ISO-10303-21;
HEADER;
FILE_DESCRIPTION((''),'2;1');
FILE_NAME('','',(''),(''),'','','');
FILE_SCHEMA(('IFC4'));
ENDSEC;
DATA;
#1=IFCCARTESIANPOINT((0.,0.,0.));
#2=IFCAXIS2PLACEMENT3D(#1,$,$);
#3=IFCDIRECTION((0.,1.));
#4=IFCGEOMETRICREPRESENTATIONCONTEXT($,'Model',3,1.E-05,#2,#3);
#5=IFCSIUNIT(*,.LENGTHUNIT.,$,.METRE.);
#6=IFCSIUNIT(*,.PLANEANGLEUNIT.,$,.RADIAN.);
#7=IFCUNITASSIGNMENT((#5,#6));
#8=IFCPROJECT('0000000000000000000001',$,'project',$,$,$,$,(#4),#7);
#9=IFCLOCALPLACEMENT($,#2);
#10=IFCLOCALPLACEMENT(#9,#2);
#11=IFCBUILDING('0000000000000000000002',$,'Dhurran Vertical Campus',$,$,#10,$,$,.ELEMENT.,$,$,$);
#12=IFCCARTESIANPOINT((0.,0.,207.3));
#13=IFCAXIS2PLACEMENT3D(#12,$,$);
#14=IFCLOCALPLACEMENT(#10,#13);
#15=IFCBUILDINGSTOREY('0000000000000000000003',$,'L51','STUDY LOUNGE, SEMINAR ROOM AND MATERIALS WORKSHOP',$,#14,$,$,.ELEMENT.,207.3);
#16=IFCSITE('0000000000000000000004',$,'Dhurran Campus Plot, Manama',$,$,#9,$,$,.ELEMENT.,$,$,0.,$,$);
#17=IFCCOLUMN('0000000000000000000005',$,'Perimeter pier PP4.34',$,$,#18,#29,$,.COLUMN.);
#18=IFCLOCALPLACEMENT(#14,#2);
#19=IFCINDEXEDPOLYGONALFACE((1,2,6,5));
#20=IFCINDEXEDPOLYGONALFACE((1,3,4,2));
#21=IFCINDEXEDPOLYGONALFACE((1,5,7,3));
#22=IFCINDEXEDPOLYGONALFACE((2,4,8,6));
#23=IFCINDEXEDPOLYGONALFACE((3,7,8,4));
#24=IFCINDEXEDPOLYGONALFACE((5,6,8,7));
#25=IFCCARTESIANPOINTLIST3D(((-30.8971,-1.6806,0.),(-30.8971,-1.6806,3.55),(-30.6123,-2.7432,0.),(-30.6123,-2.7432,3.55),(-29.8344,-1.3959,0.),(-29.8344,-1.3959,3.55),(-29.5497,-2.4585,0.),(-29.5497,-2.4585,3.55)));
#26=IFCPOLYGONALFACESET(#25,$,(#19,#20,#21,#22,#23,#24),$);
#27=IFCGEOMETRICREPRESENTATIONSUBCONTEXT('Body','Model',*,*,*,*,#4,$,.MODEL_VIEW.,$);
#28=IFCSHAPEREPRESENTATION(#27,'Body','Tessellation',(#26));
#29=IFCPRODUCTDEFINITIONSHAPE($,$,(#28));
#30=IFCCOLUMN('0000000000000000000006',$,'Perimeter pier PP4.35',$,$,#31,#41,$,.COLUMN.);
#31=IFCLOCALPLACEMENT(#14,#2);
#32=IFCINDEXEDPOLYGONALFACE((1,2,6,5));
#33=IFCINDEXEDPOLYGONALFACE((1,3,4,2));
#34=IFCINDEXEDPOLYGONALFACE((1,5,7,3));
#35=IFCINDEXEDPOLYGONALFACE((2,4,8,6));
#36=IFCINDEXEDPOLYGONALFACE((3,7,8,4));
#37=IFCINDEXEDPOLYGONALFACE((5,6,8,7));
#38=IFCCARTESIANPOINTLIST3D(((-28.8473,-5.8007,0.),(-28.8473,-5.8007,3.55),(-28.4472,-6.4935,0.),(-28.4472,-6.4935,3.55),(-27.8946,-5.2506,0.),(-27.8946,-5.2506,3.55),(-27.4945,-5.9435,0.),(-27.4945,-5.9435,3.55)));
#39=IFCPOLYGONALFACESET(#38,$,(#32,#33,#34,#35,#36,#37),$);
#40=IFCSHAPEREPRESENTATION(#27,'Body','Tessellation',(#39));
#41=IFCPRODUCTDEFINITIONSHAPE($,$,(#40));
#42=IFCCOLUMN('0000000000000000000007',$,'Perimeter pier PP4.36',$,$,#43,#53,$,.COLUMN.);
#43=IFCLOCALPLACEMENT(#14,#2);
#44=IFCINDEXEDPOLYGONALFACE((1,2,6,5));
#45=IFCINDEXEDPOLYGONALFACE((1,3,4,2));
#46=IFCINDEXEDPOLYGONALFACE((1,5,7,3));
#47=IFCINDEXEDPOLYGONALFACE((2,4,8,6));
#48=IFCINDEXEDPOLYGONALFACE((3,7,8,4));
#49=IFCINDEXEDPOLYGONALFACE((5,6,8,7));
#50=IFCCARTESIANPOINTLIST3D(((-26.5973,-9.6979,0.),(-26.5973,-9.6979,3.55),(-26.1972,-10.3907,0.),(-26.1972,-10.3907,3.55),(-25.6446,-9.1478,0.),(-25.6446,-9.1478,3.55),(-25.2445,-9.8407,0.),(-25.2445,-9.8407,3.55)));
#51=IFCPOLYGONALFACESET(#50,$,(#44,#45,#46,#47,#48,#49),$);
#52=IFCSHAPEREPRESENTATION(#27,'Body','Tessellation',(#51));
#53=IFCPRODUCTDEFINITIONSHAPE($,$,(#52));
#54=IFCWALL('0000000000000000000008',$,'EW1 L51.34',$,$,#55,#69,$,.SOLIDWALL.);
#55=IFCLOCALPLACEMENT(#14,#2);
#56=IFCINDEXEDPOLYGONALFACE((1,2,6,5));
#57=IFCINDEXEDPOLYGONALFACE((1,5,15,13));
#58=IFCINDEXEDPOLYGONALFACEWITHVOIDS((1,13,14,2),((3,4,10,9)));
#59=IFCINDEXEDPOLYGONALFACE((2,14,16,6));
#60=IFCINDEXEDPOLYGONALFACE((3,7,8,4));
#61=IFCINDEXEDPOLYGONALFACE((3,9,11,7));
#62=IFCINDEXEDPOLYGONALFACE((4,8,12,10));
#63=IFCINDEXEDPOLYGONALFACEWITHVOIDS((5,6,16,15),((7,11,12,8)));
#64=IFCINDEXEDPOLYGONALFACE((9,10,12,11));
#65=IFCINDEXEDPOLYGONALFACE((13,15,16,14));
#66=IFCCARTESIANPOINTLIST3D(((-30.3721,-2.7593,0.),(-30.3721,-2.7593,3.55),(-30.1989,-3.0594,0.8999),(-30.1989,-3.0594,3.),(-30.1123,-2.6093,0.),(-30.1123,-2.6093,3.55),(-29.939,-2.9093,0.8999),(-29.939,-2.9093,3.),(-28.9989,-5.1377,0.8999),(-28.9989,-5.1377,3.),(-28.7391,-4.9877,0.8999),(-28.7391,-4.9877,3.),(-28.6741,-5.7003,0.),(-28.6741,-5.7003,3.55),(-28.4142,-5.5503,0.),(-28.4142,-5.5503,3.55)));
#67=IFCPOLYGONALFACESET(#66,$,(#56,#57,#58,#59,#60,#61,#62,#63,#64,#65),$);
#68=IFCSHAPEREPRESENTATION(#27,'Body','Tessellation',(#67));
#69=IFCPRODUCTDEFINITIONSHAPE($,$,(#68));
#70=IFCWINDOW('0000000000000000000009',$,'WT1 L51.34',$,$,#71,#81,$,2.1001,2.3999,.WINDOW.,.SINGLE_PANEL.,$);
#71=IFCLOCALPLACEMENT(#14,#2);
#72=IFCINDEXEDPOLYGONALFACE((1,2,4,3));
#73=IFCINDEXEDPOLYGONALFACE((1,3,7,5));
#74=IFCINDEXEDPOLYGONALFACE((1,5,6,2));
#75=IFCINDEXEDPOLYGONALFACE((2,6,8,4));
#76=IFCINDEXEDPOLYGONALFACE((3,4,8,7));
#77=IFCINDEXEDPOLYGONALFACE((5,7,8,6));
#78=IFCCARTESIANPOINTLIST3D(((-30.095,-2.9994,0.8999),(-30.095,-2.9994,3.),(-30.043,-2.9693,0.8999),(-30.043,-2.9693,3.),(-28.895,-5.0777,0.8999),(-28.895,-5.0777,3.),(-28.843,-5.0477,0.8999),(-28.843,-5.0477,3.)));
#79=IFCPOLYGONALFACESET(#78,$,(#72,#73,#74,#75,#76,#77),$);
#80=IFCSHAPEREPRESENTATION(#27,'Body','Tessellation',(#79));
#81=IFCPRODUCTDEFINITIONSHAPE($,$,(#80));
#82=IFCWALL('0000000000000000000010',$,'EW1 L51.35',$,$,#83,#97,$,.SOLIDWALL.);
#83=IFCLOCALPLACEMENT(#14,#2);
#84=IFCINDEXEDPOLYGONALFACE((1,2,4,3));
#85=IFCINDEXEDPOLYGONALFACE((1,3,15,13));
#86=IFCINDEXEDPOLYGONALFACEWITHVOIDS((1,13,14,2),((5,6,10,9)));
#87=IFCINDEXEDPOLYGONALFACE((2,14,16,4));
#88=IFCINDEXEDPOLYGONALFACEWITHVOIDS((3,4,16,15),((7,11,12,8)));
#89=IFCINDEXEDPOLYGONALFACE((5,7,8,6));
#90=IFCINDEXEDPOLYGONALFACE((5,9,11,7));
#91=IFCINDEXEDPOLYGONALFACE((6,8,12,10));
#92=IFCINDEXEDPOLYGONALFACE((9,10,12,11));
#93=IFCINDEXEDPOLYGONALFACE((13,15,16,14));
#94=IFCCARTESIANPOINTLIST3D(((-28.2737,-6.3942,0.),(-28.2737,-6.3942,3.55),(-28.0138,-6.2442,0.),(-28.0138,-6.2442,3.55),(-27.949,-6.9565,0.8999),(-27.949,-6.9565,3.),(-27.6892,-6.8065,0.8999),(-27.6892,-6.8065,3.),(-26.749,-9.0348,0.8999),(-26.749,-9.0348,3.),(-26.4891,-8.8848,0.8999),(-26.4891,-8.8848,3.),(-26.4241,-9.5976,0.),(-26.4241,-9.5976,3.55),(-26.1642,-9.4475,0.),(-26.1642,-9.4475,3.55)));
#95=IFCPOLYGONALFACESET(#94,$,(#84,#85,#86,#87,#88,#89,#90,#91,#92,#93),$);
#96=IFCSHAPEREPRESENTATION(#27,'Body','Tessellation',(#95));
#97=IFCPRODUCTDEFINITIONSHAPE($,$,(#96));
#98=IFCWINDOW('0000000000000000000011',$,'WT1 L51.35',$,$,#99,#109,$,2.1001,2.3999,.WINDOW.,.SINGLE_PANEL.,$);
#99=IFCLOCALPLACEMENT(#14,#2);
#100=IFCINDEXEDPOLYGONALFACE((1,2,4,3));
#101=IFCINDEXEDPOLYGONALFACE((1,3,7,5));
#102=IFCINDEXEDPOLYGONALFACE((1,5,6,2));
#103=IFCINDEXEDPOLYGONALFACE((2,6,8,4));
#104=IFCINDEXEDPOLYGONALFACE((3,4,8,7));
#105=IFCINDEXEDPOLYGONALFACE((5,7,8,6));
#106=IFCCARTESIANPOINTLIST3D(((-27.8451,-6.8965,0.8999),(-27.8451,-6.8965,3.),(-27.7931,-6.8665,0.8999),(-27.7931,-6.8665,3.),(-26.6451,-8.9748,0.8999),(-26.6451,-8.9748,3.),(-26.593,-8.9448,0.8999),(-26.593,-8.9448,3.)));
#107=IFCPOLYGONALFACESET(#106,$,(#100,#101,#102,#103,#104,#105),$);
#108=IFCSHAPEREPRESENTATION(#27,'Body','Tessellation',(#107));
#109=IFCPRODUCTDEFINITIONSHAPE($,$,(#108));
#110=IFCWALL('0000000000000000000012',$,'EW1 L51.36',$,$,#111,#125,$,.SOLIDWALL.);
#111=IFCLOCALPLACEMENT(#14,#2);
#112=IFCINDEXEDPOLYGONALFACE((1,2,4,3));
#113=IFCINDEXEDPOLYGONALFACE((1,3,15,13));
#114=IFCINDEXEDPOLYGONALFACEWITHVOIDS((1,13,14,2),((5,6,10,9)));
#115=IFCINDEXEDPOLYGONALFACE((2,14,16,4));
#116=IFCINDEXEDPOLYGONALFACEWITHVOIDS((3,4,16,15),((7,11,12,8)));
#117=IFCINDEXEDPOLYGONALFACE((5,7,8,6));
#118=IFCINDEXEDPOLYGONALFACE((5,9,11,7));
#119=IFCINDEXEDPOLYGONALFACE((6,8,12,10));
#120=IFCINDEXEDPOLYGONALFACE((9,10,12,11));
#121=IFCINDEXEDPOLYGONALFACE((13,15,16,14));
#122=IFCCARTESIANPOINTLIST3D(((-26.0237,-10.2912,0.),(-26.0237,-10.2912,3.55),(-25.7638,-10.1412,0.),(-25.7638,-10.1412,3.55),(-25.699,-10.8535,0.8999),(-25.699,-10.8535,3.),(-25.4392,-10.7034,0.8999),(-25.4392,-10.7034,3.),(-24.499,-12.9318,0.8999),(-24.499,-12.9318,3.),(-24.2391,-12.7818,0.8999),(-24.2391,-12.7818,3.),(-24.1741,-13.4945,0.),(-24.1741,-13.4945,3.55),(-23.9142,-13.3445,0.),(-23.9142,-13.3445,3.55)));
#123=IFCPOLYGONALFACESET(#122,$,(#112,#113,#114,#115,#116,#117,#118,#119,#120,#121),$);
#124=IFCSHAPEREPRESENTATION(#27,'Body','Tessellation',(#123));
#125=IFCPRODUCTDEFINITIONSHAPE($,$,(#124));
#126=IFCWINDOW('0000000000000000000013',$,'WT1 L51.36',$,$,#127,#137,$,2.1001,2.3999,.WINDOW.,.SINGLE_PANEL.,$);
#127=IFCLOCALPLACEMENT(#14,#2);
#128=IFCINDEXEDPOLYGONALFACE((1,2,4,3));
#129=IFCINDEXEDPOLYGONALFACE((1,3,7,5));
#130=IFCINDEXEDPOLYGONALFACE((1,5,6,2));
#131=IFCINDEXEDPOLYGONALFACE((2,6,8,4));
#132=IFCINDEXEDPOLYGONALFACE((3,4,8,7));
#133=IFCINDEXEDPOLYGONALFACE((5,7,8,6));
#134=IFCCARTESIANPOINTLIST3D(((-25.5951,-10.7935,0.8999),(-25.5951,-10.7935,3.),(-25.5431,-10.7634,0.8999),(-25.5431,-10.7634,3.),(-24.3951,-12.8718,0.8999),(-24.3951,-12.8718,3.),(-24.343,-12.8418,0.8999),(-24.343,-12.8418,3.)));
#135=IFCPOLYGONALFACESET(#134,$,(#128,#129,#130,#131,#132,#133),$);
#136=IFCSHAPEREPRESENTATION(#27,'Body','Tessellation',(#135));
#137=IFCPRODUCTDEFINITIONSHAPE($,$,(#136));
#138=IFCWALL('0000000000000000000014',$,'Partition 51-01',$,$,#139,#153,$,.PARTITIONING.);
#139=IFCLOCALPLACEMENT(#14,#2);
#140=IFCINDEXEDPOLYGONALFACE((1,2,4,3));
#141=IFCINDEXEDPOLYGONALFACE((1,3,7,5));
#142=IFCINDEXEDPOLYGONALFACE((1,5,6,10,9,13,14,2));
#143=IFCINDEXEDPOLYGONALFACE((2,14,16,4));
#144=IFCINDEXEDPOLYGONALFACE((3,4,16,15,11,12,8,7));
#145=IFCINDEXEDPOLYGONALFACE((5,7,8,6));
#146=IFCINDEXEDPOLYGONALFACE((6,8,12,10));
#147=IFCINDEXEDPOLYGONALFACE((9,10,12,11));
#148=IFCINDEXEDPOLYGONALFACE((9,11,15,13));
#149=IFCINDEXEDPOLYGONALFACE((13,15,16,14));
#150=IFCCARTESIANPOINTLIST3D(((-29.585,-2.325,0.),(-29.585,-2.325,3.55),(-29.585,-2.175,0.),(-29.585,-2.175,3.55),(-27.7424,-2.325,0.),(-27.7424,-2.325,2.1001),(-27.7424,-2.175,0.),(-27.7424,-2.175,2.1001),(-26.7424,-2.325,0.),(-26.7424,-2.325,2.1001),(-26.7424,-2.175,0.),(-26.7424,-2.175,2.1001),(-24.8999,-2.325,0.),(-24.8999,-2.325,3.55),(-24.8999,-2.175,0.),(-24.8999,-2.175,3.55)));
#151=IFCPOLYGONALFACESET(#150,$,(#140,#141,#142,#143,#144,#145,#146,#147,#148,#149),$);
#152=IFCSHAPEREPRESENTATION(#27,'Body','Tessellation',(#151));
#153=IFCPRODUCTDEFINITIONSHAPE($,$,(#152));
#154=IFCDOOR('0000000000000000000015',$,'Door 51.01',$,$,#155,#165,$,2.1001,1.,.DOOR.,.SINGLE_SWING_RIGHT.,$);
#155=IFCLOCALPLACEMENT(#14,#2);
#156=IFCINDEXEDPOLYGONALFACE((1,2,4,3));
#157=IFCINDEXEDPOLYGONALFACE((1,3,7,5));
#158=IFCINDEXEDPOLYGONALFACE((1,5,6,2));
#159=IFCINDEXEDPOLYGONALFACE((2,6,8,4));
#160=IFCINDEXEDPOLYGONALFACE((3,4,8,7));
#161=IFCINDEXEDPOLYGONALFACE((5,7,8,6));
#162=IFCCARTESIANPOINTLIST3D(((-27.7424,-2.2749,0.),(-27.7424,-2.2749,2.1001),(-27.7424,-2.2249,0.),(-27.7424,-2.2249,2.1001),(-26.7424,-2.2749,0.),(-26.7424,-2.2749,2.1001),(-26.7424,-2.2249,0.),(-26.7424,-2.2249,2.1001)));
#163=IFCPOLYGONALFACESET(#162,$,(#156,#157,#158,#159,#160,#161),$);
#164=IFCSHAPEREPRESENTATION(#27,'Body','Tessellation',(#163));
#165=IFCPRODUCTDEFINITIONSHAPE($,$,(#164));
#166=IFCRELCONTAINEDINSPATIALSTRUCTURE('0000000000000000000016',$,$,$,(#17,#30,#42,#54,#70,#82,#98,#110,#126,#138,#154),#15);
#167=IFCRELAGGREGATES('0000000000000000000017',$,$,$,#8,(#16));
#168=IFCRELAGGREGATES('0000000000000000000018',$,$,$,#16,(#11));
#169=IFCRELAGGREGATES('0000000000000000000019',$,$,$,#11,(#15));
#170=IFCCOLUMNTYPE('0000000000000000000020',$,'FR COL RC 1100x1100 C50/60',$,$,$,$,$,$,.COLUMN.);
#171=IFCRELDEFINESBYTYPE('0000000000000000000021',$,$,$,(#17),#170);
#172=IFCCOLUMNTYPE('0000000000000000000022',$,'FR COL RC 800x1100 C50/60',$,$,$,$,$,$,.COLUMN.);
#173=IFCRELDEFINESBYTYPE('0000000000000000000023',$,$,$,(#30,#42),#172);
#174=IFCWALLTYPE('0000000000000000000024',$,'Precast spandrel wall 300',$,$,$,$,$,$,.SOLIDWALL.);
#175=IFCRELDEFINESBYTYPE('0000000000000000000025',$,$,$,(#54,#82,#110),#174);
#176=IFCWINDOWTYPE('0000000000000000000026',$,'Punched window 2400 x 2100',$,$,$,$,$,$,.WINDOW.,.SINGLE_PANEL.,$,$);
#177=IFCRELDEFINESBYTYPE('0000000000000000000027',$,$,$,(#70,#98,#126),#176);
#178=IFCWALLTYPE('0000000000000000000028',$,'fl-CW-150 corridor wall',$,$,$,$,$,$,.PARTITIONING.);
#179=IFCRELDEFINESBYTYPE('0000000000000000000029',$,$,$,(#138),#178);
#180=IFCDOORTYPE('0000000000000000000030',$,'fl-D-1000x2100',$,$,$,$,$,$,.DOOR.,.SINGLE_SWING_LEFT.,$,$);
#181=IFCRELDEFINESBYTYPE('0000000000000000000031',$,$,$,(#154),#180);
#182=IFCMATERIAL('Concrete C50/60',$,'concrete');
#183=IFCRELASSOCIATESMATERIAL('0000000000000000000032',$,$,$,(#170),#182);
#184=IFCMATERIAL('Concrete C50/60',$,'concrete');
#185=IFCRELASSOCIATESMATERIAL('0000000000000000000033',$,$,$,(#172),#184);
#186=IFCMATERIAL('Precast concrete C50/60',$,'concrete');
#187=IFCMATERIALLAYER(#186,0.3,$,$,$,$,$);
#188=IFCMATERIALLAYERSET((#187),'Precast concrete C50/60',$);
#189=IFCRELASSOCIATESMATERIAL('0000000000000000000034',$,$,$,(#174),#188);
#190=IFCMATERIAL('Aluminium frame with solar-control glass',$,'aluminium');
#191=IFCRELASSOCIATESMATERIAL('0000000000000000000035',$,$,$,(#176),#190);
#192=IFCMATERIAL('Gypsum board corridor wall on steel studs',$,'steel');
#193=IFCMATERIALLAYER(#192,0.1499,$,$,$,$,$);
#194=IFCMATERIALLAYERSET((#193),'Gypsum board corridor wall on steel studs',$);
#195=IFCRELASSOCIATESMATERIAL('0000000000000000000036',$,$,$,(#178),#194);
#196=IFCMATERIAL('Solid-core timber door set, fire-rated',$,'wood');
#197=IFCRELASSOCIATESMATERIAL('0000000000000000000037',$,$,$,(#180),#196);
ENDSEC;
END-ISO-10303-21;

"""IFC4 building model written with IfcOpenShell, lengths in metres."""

from ifc_helpers import new_model, si_unit, direction, frame, frame_2d, origin, origin_2d, place, context, subcontext, project, spatial, rectangle, extrude, material, layer, layer_set, material_profile, profile_set, type_object, element, fill, save


model = new_model("IFC4")

# Units and contexts
model_context = context("Model", 3, precision=1e-05, world=origin(), true_north=direction((0.0, 1.0)))
body_context = subcontext(model_context, "Body", "Model", "MODEL_VIEW")
ifc_project = project(units=[si_unit("LENGTHUNIT", "METRE"), si_unit("PLANEANGLEUNIT", "RADIAN")], contexts=[model_context])

# Site, building, storey
site_placement = place(None, origin())
site = spatial("IfcSite", under=ifc_project, at=site_placement, Name="Dhurran Campus Plot, Manama", CompositionType="ELEMENT", RefElevation=0.0)
building_placement = place(site_placement, origin())
building = spatial("IfcBuilding", under=site, at=building_placement, Name="Dhurran Vertical Campus", CompositionType="ELEMENT")
storey_placement = place(building_placement, frame((0.0, 0.0, 207.3)))
storey = spatial("IfcBuildingStorey", under=building, at=storey_placement, Name="L51", Description="STUDY LOUNGE, SEMINAR ROOM AND MATERIALS WORKSHOP", CompositionType="ELEMENT", Elevation=207.3)

# Columns
ifc_material_1 = material(Name="Concrete C50/60", Category="concrete")
ifc_material_profile_1 = material_profile(ifc_material_1, rectangle(XDim=1.1001, YDim=1.1001, at=origin_2d()), Name="RC 1100x1100")
ifc_profile_set_1 = profile_set([ifc_material_profile_1], Name="Concrete C50/60")
column_type_1 = type_object("IfcColumnType", Name="FR COL RC 1100x1100 C50/60", PredefinedType="COLUMN", material=ifc_profile_set_1)
column_placement = place(storey_placement, frame((-30.2234, -2.0696, 0.0), z_axis=(0.0, 0.0, 1.0), x_axis=(0.258819, -0.965926, 0.0)))
element("IfcColumn", 1, at=column_placement, inside=storey, type_object=column_type_1, Name="Perimeter pier PP4.34", PredefinedType="COLUMN", context=body_context, shape_type="SweptSolid", body=[
    extrude(rectangle(XDim=1.1001, YDim=1.1001, at=origin_2d()), origin(), (0.0, 0.0, 1.0), 3.55),
])
ifc_material_2 = material(Name="Concrete C50/60", Category="concrete")
ifc_material_profile_2 = material_profile(ifc_material_2, rectangle(XDim=0.8, YDim=1.1001, at=origin_2d()), Name="RC 800x1100")
ifc_profile_set_2 = profile_set([ifc_material_profile_2], Name="Concrete C50/60")
column_type_2 = type_object("IfcColumnType", Name="FR COL RC 800x1100 C50/60", PredefinedType="COLUMN", material=ifc_profile_set_2)
for number, where, z_axis, x_axis, name in (
    (2, (-28.1709, -5.8721, 0.0), (0.0, 0.0, 1.0), (0.5, -0.866025, 0.0), "Perimeter pier PP4.35"),
    (3, (-25.9209, -9.7693, 0.0), (0.0, 0.0, 1.0), (0.5, -0.866025, 0.0), "Perimeter pier PP4.36"),
):
    element("IfcColumn", number, at=place(storey_placement, frame(where, z_axis=z_axis, x_axis=x_axis)), inside=storey, type_object=column_type_2, Name=name, PredefinedType="COLUMN", context=body_context, shape_type="SweptSolid", body=[
        extrude(rectangle(XDim=0.8, YDim=1.1001, at=origin_2d()), origin(), (0.0, 0.0, 1.0), 3.55),
    ])

# Walls, openings, windows
ifc_material_3 = material(Name="Precast concrete C50/60", Category="concrete")
ifc_layer_1 = layer(ifc_material_3, 0.3)
ifc_layer_set_1 = layer_set([ifc_layer_1], Name="Precast concrete C50/60")
wall_type_1 = type_object("IfcWallType", Name="Precast spandrel wall 300", PredefinedType="SOLIDWALL", material=ifc_layer_set_1)
wall_1_placement = place(storey_placement, frame((-30.2422, -2.6843, 0.0), z_axis=(0.0, 0.0, 1.0), x_axis=(0.500013, -0.866018, 0.0)))
wall_1 = element("IfcWall", 4, at=wall_1_placement, inside=storey, type_object=wall_type_1, Name="EW1 L51.34", PredefinedType="SOLIDWALL", context=body_context, shape_type="SweptSolid", body=[
    extrude(rectangle(XDim=3.396, YDim=0.3, at=frame_2d((1.698, 0.0))), origin(), (0.0, 0.0, 1.0), 3.55),
])
opening_1_placement = place(wall_1_placement, frame((0.3464, 0.0, 0.8999)))
opening_1 = element("IfcOpeningElement", 5, at=opening_1_placement, cuts=wall_1, PredefinedType="OPENING", context=body_context, shape_type="SweptSolid", body=[
    extrude(rectangle(XDim=2.3999, YDim=2.1001, at=frame_2d((1.2, 1.05))), frame((0.0, 0.1599, 0.0), z_axis=(0.0, -1.0, 0.0), x_axis=(1.0, 0.0, 0.0)), (0.0, 0.0, 1.0), 0.3201),
])
ifc_material_4 = material(Name="Aluminium frame with solar-control glass", Category="aluminium")
window_type = type_object("IfcWindowType", Name="Punched window 2400 x 2100", PartitioningType="SINGLE_PANEL", PredefinedType="WINDOW", material=ifc_material_4)
window_1_placement = place(opening_1_placement, origin())
window_1 = element("IfcWindow", 6, at=window_1_placement, inside=storey, type_object=window_type, Name="WT1 L51.34", OverallHeight=2.1001, OverallWidth=2.3999, PartitioningType="SINGLE_PANEL", PredefinedType="WINDOW", context=body_context, shape_type="SweptSolid", body=[
    extrude(rectangle(XDim=2.3999, YDim=2.1001, at=frame_2d((1.2, 1.05))), frame((0.0, 0.03, 0.0), z_axis=(0.0, -1.0, 0.0), x_axis=(1.0, 0.0, 0.0)), (0.0, 0.0, 1.0), 0.0601),
])
fill(opening_1, window_1)
wall_2_placement = place(storey_placement, frame((-28.1438, -6.3191, 0.0), z_axis=(0.0, 0.0, 1.0), x_axis=(0.500029, -0.866009, 0.0)))
wall_2 = element("IfcWall", 7, at=wall_2_placement, inside=storey, type_object=wall_type_1, Name="EW1 L51.35", PredefinedType="SOLIDWALL", context=body_context, shape_type="SweptSolid", body=[
    extrude(rectangle(XDim=3.699, YDim=0.3, at=frame_2d((1.8496, 0.0))), origin(), (0.0, 0.0, 1.0), 3.55),
])
opening_2_placement = place(wall_2_placement, frame((0.6494, 0.0, 0.8999)))
opening_2 = element("IfcOpeningElement", 8, at=opening_2_placement, cuts=wall_2, PredefinedType="OPENING", context=body_context, shape_type="SweptSolid", body=[
    extrude(rectangle(XDim=2.3999, YDim=2.1001, at=frame_2d((1.2, 1.05))), frame((0.0, 0.1599, 0.0), z_axis=(0.0, -1.0, 0.0), x_axis=(1.0, 0.0, 0.0)), (0.0, 0.0, 1.0), 0.3201),
])
window_2_placement = place(opening_2_placement, origin())
window_2 = element("IfcWindow", 9, at=window_2_placement, inside=storey, type_object=window_type, Name="WT1 L51.35", OverallHeight=2.1001, OverallWidth=2.3999, PartitioningType="SINGLE_PANEL", PredefinedType="WINDOW", context=body_context, shape_type="SweptSolid", body=[
    extrude(rectangle(XDim=2.3999, YDim=2.1001, at=frame_2d((1.2, 1.05))), frame((0.0, 0.03, 0.0), z_axis=(0.0, -1.0, 0.0), x_axis=(1.0, 0.0, 0.0)), (0.0, 0.0, 1.0), 0.0601),
])
fill(opening_2, window_2)
wall_3_placement = place(storey_placement, frame((-25.8938, -10.2161, 0.0), z_axis=(0.0, 0.0, 1.0), x_axis=(0.500029, -0.866009, 0.0)))
wall_3 = element("IfcWall", 10, at=wall_3_placement, inside=storey, type_object=wall_type_1, Name="EW1 L51.36", PredefinedType="SOLIDWALL", context=body_context, shape_type="SweptSolid", body=[
    extrude(rectangle(XDim=3.699, YDim=0.3, at=frame_2d((1.8496, 0.0))), origin(), (0.0, 0.0, 1.0), 3.55),
])
opening_3_placement = place(wall_3_placement, frame((0.6494, 0.0, 0.8999)))
opening_3 = element("IfcOpeningElement", 11, at=opening_3_placement, cuts=wall_3, PredefinedType="OPENING", context=body_context, shape_type="SweptSolid", body=[
    extrude(rectangle(XDim=2.3999, YDim=2.1001, at=frame_2d((1.2, 1.05))), frame((0.0, 0.1599, 0.0), z_axis=(0.0, -1.0, 0.0), x_axis=(1.0, 0.0, 0.0)), (0.0, 0.0, 1.0), 0.3201),
])
window_3_placement = place(opening_3_placement, origin())
window_3 = element("IfcWindow", 12, at=window_3_placement, inside=storey, type_object=window_type, Name="WT1 L51.36", OverallHeight=2.1001, OverallWidth=2.3999, PartitioningType="SINGLE_PANEL", PredefinedType="WINDOW", context=body_context, shape_type="SweptSolid", body=[
    extrude(rectangle(XDim=2.3999, YDim=2.1001, at=frame_2d((1.2, 1.05))), frame((0.0, 0.03, 0.0), z_axis=(0.0, -1.0, 0.0), x_axis=(1.0, 0.0, 0.0)), (0.0, 0.0, 1.0), 0.0601),
])
fill(opening_3, window_3)

# Wall, opening, door
ifc_material_5 = material(Name="Gypsum board corridor wall on steel studs", Category="steel")
ifc_layer_2 = layer(ifc_material_5, 0.1499)
ifc_layer_set_2 = layer_set([ifc_layer_2], Name="Gypsum board corridor wall on steel studs")
wall_type_2 = type_object("IfcWallType", Name="fl-CW-150 corridor wall", PredefinedType="PARTITIONING", material=ifc_layer_set_2)
wall_4_placement = place(storey_placement, frame((-24.8999, -2.25, 0.0), z_axis=(0.0, 0.0, 1.0), x_axis=(-1.0, 0.0, 0.0)))
wall_4 = element("IfcWall", 13, at=wall_4_placement, inside=storey, type_object=wall_type_2, Name="Partition 51-01", PredefinedType="PARTITIONING", context=body_context, shape_type="SweptSolid", body=[
    extrude(rectangle(XDim=4.6851, YDim=0.1499, at=frame_2d((2.3425, 0.0))), origin(), (0.0, 0.0, 1.0), 3.55),
])
opening_4_placement = place(wall_4_placement, frame((1.8425, 0.0, 0.0)))
opening_4 = element("IfcOpeningElement", 14, at=opening_4_placement, cuts=wall_4, PredefinedType="OPENING", context=body_context, shape_type="SweptSolid", body=[
    extrude(rectangle(XDim=1.0, YDim=2.1001, at=frame_2d((0.5, 1.05))), frame((0.0, 0.085, 0.0), z_axis=(0.0, -1.0, 0.0), x_axis=(1.0, 0.0, 0.0)), (0.0, 0.0, 1.0), 0.1699),
])
ifc_material_6 = material(Name="Solid-core timber door set, fire-rated", Category="wood")
door_type = type_object("IfcDoorType", Name="fl-D-1000x2100", OperationType="SINGLE_SWING_LEFT", PredefinedType="DOOR", material=ifc_material_6)
door_1_placement = place(opening_4_placement, origin())
door_1 = element("IfcDoor", 15, at=door_1_placement, inside=storey, type_object=door_type, Name="Door 51.01", OperationType="SINGLE_SWING_RIGHT", OverallHeight=2.1001, OverallWidth=1.0, PredefinedType="DOOR", context=body_context, shape_type="SweptSolid", body=[
    extrude(rectangle(XDim=1.0, YDim=2.1001, at=frame_2d((0.5, 1.05))), frame((0.0, 0.0249, 0.0), z_axis=(0.0, -1.0, 0.0), x_axis=(1.0, 0.0, 0.0)), (0.0, 0.0, 1.0), 0.05),
])
fill(opening_4, door_1)

save(model, "model.ifc")
